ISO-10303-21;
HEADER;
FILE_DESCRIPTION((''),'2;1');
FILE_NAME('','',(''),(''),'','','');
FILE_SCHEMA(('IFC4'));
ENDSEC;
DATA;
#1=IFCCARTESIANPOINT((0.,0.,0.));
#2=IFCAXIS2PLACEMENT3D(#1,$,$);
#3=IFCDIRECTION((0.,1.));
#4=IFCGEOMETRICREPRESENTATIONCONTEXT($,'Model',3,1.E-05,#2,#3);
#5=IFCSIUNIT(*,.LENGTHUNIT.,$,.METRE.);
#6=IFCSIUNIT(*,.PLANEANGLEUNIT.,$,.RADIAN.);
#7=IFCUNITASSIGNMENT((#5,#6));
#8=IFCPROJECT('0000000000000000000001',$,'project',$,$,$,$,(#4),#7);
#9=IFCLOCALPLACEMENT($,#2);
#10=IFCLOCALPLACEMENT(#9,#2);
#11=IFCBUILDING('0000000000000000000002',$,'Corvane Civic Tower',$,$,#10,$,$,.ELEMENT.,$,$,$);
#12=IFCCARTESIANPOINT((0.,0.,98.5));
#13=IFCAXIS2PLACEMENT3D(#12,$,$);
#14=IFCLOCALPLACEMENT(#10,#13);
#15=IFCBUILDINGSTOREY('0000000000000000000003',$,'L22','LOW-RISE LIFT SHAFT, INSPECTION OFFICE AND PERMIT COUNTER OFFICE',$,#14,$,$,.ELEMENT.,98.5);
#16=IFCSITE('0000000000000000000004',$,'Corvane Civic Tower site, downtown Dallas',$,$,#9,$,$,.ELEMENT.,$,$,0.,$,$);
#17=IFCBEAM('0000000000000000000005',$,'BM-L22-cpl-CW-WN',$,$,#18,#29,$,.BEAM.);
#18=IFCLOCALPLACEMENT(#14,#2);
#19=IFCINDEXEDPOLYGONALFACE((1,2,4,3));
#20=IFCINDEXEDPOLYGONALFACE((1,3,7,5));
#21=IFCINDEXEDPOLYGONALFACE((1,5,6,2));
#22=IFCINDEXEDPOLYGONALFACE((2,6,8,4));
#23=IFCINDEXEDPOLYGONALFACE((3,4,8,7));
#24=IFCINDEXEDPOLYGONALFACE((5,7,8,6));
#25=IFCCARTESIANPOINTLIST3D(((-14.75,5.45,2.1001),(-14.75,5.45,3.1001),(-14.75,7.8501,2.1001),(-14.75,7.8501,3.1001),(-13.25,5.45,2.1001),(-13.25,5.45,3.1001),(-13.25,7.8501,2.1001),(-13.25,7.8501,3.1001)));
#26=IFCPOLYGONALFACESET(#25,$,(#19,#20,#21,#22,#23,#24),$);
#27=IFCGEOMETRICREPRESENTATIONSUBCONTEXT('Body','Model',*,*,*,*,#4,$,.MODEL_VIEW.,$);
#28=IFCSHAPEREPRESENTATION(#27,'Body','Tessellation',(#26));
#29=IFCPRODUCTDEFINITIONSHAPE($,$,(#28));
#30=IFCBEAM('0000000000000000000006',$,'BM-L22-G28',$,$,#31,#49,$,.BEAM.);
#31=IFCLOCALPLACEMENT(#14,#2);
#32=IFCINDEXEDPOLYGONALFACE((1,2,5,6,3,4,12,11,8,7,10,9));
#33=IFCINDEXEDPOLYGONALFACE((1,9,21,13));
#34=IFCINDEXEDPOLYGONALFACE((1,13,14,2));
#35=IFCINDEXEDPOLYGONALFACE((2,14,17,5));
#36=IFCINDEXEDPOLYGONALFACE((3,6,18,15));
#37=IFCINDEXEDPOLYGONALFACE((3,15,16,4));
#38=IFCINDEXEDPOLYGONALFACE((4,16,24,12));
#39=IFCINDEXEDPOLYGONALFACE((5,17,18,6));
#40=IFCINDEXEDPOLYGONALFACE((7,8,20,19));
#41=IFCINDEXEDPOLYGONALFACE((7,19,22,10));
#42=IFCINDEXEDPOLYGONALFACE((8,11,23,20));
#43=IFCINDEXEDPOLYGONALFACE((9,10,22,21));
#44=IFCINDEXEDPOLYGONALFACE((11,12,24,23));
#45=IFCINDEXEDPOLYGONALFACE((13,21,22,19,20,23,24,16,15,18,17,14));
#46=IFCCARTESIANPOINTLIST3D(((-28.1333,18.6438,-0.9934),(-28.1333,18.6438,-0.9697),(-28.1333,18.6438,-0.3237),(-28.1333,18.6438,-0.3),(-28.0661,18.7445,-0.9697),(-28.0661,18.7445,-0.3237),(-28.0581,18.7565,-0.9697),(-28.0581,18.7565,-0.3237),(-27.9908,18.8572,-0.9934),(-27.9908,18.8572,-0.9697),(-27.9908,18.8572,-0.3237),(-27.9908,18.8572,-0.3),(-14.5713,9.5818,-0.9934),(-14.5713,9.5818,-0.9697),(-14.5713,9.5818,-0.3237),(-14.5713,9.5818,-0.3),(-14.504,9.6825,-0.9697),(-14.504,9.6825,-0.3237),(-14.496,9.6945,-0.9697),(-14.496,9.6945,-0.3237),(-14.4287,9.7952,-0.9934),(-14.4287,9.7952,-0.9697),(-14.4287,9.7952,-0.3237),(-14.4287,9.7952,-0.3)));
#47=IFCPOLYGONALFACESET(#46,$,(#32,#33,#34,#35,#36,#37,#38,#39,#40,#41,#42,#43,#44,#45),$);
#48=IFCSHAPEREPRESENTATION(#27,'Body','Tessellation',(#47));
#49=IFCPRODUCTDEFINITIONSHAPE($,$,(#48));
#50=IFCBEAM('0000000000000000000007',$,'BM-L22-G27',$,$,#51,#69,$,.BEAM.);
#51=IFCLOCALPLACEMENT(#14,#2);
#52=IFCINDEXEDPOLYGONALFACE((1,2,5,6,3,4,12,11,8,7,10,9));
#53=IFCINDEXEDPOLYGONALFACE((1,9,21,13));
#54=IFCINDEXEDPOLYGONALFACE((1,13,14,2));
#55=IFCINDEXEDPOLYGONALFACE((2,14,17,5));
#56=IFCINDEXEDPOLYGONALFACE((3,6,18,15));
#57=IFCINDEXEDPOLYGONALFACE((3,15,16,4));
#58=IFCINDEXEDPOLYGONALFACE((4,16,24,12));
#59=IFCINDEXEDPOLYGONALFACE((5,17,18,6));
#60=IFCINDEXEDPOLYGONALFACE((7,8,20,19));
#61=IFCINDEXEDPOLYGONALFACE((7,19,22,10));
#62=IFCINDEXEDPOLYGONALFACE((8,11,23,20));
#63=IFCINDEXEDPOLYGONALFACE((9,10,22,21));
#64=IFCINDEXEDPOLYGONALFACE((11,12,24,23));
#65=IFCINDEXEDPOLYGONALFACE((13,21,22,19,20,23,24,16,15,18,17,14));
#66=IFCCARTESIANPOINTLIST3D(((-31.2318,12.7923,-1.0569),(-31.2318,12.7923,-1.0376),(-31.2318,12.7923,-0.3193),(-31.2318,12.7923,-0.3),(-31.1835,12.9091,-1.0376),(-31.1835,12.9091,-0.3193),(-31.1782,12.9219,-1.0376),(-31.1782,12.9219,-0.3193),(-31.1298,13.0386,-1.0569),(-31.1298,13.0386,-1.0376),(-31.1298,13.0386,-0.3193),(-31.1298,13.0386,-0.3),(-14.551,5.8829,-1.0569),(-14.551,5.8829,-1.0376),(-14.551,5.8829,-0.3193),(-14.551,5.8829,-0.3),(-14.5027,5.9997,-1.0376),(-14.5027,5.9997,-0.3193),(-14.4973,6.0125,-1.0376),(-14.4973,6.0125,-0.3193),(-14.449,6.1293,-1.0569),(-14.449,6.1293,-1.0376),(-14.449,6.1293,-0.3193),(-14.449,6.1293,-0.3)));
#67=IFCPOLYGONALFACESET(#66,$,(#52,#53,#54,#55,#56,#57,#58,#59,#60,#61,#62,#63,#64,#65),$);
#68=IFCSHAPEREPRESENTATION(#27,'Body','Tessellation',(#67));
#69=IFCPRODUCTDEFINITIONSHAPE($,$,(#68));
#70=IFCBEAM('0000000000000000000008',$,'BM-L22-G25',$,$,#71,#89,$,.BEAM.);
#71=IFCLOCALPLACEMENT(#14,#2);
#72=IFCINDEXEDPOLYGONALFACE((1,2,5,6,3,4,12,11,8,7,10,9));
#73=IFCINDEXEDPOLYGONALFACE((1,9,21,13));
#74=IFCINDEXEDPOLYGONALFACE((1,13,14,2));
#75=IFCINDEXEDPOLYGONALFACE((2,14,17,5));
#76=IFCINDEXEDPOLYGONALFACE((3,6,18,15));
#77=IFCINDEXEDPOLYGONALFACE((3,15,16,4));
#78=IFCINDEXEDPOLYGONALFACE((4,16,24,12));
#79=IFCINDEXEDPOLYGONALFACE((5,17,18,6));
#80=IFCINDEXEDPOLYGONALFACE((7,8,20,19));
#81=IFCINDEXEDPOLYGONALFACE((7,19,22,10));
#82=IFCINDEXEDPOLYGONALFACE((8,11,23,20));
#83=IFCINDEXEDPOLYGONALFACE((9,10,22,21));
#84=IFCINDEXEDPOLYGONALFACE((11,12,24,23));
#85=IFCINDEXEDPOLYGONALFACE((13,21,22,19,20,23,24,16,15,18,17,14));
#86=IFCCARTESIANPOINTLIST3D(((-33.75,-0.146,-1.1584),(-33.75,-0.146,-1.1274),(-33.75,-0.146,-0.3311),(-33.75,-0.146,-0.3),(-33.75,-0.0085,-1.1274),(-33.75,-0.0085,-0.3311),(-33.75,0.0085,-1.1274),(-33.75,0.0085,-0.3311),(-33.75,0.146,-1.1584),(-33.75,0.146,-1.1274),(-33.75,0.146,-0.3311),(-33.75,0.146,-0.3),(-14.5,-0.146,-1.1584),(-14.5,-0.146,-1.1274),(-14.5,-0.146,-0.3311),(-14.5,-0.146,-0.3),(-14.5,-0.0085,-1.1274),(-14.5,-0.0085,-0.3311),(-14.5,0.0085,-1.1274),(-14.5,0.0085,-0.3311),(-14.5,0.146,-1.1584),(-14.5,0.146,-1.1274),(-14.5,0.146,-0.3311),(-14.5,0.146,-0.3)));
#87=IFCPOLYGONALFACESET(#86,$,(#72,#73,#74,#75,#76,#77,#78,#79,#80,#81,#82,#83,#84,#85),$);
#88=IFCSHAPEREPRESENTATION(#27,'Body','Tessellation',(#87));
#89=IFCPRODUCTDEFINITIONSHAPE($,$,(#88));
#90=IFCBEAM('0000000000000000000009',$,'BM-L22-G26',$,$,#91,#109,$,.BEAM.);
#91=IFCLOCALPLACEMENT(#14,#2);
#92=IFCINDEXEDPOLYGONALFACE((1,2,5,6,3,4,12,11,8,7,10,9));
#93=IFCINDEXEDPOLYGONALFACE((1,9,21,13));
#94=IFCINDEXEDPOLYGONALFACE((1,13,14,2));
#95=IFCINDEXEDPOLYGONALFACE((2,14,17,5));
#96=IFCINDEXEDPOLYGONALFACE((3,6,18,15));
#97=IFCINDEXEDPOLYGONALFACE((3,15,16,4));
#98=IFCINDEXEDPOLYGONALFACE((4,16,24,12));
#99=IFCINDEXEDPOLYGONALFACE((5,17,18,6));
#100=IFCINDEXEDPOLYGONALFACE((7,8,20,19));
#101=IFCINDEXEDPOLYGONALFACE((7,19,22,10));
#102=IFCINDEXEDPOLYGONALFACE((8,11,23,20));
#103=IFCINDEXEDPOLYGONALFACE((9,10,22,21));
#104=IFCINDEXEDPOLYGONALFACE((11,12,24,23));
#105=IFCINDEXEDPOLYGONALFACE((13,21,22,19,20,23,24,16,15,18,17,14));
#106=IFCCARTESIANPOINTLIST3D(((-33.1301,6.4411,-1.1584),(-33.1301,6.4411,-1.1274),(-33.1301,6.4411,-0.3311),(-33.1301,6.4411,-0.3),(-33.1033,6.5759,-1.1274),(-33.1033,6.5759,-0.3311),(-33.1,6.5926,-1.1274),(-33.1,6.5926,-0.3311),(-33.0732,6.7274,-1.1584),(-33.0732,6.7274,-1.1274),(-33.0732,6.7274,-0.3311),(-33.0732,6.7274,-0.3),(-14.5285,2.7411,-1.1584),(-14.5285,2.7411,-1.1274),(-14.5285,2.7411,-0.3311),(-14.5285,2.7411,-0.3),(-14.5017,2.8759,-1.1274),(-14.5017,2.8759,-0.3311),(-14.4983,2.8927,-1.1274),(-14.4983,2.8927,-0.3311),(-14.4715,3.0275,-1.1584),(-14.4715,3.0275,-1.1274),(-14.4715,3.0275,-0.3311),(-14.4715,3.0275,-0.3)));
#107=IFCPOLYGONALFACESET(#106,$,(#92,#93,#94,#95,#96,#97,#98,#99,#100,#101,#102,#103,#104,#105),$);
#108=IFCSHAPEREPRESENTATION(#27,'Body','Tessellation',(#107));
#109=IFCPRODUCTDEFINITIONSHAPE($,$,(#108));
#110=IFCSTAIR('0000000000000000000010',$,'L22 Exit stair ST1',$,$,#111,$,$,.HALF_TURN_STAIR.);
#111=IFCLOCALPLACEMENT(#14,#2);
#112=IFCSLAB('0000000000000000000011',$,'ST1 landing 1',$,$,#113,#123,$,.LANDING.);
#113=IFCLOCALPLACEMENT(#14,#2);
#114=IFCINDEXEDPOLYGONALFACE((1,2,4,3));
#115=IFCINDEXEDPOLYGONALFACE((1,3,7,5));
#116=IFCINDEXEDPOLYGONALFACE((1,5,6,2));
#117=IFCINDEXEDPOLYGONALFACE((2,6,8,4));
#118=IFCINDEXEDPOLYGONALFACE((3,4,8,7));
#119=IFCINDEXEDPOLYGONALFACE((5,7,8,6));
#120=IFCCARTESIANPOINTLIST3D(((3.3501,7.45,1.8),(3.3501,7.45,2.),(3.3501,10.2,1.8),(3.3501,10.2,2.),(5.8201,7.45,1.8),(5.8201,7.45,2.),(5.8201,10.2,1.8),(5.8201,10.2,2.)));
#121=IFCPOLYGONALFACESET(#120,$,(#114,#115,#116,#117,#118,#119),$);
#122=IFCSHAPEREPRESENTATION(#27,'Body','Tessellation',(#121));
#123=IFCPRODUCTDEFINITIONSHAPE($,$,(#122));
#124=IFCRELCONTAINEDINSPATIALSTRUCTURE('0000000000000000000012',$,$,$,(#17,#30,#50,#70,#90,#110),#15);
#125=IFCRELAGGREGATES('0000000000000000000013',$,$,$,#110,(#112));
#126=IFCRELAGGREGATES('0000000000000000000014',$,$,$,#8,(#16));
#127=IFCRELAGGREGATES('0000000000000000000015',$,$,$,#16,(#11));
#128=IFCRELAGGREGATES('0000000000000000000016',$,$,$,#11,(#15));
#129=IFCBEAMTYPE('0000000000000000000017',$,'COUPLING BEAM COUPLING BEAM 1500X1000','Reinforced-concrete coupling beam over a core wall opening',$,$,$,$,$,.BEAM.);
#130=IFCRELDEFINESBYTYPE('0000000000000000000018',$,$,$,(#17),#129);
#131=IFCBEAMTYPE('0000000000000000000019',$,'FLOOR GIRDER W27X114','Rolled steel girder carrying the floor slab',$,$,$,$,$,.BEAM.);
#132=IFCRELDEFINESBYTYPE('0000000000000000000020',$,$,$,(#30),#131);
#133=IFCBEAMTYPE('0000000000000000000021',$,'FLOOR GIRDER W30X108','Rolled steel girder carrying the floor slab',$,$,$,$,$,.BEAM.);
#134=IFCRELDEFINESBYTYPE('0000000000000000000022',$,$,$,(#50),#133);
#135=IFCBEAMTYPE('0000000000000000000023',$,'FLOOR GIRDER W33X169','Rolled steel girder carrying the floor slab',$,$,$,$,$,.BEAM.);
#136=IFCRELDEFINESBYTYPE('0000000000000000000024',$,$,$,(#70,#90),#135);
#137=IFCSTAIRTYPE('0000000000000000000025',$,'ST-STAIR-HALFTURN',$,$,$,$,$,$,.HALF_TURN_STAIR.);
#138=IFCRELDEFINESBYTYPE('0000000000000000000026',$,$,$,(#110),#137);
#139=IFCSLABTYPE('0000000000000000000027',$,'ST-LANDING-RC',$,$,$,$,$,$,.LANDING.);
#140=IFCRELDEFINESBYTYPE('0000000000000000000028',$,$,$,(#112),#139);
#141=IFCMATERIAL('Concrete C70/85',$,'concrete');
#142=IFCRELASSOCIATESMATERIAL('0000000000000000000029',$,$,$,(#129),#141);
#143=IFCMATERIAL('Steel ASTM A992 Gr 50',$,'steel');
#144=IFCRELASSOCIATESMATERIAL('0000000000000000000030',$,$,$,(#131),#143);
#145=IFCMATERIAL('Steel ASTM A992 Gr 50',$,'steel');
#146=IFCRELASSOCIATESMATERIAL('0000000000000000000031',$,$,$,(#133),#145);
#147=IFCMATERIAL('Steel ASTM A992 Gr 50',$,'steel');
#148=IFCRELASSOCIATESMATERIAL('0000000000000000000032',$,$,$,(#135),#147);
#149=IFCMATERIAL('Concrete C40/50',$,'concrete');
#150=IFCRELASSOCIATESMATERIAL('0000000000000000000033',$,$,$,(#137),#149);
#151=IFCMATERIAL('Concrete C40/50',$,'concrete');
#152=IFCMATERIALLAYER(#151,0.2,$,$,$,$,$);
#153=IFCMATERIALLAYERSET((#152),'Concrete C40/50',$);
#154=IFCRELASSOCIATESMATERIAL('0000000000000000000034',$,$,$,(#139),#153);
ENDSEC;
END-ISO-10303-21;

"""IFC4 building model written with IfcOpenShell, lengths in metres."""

from ifc_helpers import new_model, si_unit, direction, frame, origin, origin_2d, place, context, subcontext, project, spatial, polyline, rectangle, i_section, outline, extrude, material, layer, layer_set, material_profile, profile_set, type_object, element, aggregate, save


model = new_model("IFC4")

# Units and contexts
model_context = context("Model", 3, precision=1e-05, world=origin(), true_north=direction((0.0, 1.0)))
body_context = subcontext(model_context, "Body", "Model", "MODEL_VIEW")
ifc_project = project(units=[si_unit("LENGTHUNIT", "METRE"), si_unit("PLANEANGLEUNIT", "RADIAN")], contexts=[model_context])

# Site, building, storey
site_placement = place(None, origin())
site = spatial("IfcSite", under=ifc_project, at=site_placement, Name="Corvane Civic Tower site, downtown Dallas", CompositionType="ELEMENT", RefElevation=0.0)
building_placement = place(site_placement, origin())
building = spatial("IfcBuilding", under=site, at=building_placement, Name="Corvane Civic Tower", CompositionType="ELEMENT")
storey_placement = place(building_placement, frame((0.0, 0.0, 98.5)))
storey = spatial("IfcBuildingStorey", under=building, at=storey_placement, Name="L22", Description="LOW-RISE LIFT SHAFT, INSPECTION OFFICE AND PERMIT COUNTER OFFICE", CompositionType="ELEMENT", Elevation=98.5)

# Beams
ifc_material_1 = material(Name="Concrete C70/85", Category="concrete")
ifc_material_profile_1 = material_profile(ifc_material_1, rectangle(XDim=1.5, YDim=1.0, at=origin_2d()), Name="COUPLING BEAM 1500X1000")
ifc_profile_set_1 = profile_set([ifc_material_profile_1], Name="Concrete C70/85")
beam_type_1 = type_object("IfcBeamType", Name="COUPLING BEAM COUPLING BEAM 1500X1000", Description="Reinforced-concrete coupling beam over a core wall opening", PredefinedType="BEAM", material=ifc_profile_set_1)
beam_1_placement = place(storey_placement, frame((-14.0, 5.45, 2.6001), z_axis=(0.0, 1.0, 0.0), x_axis=(-1.0, 0.0, 0.0)))
element("IfcBeam", 1, at=beam_1_placement, inside=storey, type_object=beam_type_1, Name="BM-L22-cpl-CW-WN", PredefinedType="BEAM", context=body_context, shape_type="SweptSolid", body=[
    extrude(rectangle(XDim=1.5, YDim=1.0, at=origin_2d()), origin(), (0.0, 0.0, 1.0), 2.4001),
])
ifc_material_2 = material(Name="Steel ASTM A992 Gr 50", Category="steel")
ifc_material_profile_2 = material_profile(ifc_material_2, i_section(OverallWidth=0.2566, OverallDepth=0.6934, WebThickness=0.0144, FlangeThickness=0.0237, at=origin_2d()), Name="W27X114")
ifc_profile_set_2 = profile_set([ifc_material_profile_2], Name="Steel ASTM A992 Gr 50")
beam_type_2 = type_object("IfcBeamType", Name="FLOOR GIRDER W27X114", Description="Rolled steel girder carrying the floor slab", PredefinedType="BEAM", material=ifc_profile_set_2)
beam_2_placement = place(storey_placement, frame((-14.5, 9.6885, -0.6467), z_axis=(-0.831465, 0.555577, 0.0), x_axis=(-0.555577, -0.831465, 0.0)))
element("IfcBeam", 2, at=beam_2_placement, inside=storey, type_object=beam_type_2, Name="BM-L22-G28", PredefinedType="BEAM", context=body_context, shape_type="SweptSolid", body=[
    extrude(i_section(OverallWidth=0.2566, OverallDepth=0.6934, WebThickness=0.0144, FlangeThickness=0.0237, at=origin_2d()), origin(), (0.0, 0.0, 1.0), 16.311),
])
ifc_material_3 = material(Name="Steel ASTM A992 Gr 50", Category="steel")
ifc_material_profile_3 = material_profile(ifc_material_3, i_section(OverallWidth=0.2666, OverallDepth=0.7568, WebThickness=0.0139, FlangeThickness=0.0193, at=origin_2d()), Name="W30X108")
ifc_profile_set_3 = profile_set([ifc_material_profile_3], Name="Steel ASTM A992 Gr 50")
beam_type_3 = type_object("IfcBeamType", Name="FLOOR GIRDER W30X108", Description="Rolled steel girder carrying the floor slab", PredefinedType="BEAM", material=ifc_profile_set_3)
beam_3_placement = place(storey_placement, frame((-14.5, 6.0061, -0.6785), z_axis=(-0.92388, 0.382682, 0.0), x_axis=(-0.382682, -0.92388, 0.0)))
element("IfcBeam", 3, at=beam_3_placement, inside=storey, type_object=beam_type_3, Name="BM-L22-G27", PredefinedType="BEAM", context=body_context, shape_type="SweptSolid", body=[
    extrude(i_section(OverallWidth=0.2666, OverallDepth=0.7568, WebThickness=0.0139, FlangeThickness=0.0193, at=origin_2d()), origin(), (0.0, 0.0, 1.0), 18.0552),
])
ifc_material_4 = material(Name="Steel ASTM A992 Gr 50", Category="steel")
ifc_material_profile_4 = material_profile(ifc_material_4, i_section(OverallWidth=0.292, OverallDepth=0.8584, WebThickness=0.0171, FlangeThickness=0.031, at=origin_2d()), Name="W33X169")
ifc_profile_set_4 = profile_set([ifc_material_profile_4], Name="Steel ASTM A992 Gr 50")
beam_type_4 = type_object("IfcBeamType", Name="FLOOR GIRDER W33X169", Description="Rolled steel girder carrying the floor slab", PredefinedType="BEAM", material=ifc_profile_set_4)
beam_4_placement = place(storey_placement, frame((-14.5, 0.0, -0.7292), z_axis=(-1.0, 0.0, 0.0), x_axis=(0.0, -1.0, 0.0)))
element("IfcBeam", 4, at=beam_4_placement, inside=storey, type_object=beam_type_4, Name="BM-L22-G25", PredefinedType="BEAM", context=body_context, shape_type="SweptSolid", body=[
    extrude(i_section(OverallWidth=0.292, OverallDepth=0.8584, WebThickness=0.0171, FlangeThickness=0.031, at=origin_2d()), origin(), (0.0, 0.0, 1.0), 19.25),
])
beam_5_placement = place(storey_placement, frame((-14.5, 2.8843, -0.7292), z_axis=(-0.980787, 0.195084, 0.0), x_axis=(-0.195084, -0.980787, 0.0)))
element("IfcBeam", 5, at=beam_5_placement, inside=storey, type_object=beam_type_4, Name="BM-L22-G26", PredefinedType="BEAM", context=body_context, shape_type="SweptSolid", body=[
    extrude(i_section(OverallWidth=0.292, OverallDepth=0.8584, WebThickness=0.0171, FlangeThickness=0.031, at=origin_2d()), origin(), (0.0, 0.0, 1.0), 18.9661),
])

# Stair, slab
ifc_material_5 = material(Name="Concrete C40/50", Category="concrete")
stair_type = type_object("IfcStairType", Name="ST-STAIR-HALFTURN", PredefinedType="HALF_TURN_STAIR", material=ifc_material_5)
stair_1_placement = place(storey_placement, origin())
stair_1 = element("IfcStair", 6, at=stair_1_placement, inside=storey, type_object=stair_type, Name="L22 Exit stair ST1", PredefinedType="HALF_TURN_STAIR")
ifc_material_6 = material(Name="Concrete C40/50", Category="concrete")
ifc_layer_1 = layer(ifc_material_6, 0.2)
ifc_layer_set_1 = layer_set([ifc_layer_1], Name="Concrete C40/50")
slab_type_1 = type_object("IfcSlabType", Name="ST-LANDING-RC", PredefinedType="LANDING", material=ifc_layer_set_1)
slab_1_placement = place(storey_placement, frame((0.0, 0.0, 1.8)))
slab_1 = element("IfcSlab", 7, at=slab_1_placement, type_object=slab_type_1, Name="ST1 landing 1", PredefinedType="LANDING", context=body_context, shape_type="SweptSolid", body=[
    extrude(outline(polyline([(5.8201, 10.2), (3.3501, 10.2), (3.3501, 7.45), (5.8201, 7.45), (5.8201, 10.2)])), origin(), (0.0, 0.0, 1.0), 0.2),
])
aggregate(stair_1, [slab_1])

save(model, "model.ifc")
